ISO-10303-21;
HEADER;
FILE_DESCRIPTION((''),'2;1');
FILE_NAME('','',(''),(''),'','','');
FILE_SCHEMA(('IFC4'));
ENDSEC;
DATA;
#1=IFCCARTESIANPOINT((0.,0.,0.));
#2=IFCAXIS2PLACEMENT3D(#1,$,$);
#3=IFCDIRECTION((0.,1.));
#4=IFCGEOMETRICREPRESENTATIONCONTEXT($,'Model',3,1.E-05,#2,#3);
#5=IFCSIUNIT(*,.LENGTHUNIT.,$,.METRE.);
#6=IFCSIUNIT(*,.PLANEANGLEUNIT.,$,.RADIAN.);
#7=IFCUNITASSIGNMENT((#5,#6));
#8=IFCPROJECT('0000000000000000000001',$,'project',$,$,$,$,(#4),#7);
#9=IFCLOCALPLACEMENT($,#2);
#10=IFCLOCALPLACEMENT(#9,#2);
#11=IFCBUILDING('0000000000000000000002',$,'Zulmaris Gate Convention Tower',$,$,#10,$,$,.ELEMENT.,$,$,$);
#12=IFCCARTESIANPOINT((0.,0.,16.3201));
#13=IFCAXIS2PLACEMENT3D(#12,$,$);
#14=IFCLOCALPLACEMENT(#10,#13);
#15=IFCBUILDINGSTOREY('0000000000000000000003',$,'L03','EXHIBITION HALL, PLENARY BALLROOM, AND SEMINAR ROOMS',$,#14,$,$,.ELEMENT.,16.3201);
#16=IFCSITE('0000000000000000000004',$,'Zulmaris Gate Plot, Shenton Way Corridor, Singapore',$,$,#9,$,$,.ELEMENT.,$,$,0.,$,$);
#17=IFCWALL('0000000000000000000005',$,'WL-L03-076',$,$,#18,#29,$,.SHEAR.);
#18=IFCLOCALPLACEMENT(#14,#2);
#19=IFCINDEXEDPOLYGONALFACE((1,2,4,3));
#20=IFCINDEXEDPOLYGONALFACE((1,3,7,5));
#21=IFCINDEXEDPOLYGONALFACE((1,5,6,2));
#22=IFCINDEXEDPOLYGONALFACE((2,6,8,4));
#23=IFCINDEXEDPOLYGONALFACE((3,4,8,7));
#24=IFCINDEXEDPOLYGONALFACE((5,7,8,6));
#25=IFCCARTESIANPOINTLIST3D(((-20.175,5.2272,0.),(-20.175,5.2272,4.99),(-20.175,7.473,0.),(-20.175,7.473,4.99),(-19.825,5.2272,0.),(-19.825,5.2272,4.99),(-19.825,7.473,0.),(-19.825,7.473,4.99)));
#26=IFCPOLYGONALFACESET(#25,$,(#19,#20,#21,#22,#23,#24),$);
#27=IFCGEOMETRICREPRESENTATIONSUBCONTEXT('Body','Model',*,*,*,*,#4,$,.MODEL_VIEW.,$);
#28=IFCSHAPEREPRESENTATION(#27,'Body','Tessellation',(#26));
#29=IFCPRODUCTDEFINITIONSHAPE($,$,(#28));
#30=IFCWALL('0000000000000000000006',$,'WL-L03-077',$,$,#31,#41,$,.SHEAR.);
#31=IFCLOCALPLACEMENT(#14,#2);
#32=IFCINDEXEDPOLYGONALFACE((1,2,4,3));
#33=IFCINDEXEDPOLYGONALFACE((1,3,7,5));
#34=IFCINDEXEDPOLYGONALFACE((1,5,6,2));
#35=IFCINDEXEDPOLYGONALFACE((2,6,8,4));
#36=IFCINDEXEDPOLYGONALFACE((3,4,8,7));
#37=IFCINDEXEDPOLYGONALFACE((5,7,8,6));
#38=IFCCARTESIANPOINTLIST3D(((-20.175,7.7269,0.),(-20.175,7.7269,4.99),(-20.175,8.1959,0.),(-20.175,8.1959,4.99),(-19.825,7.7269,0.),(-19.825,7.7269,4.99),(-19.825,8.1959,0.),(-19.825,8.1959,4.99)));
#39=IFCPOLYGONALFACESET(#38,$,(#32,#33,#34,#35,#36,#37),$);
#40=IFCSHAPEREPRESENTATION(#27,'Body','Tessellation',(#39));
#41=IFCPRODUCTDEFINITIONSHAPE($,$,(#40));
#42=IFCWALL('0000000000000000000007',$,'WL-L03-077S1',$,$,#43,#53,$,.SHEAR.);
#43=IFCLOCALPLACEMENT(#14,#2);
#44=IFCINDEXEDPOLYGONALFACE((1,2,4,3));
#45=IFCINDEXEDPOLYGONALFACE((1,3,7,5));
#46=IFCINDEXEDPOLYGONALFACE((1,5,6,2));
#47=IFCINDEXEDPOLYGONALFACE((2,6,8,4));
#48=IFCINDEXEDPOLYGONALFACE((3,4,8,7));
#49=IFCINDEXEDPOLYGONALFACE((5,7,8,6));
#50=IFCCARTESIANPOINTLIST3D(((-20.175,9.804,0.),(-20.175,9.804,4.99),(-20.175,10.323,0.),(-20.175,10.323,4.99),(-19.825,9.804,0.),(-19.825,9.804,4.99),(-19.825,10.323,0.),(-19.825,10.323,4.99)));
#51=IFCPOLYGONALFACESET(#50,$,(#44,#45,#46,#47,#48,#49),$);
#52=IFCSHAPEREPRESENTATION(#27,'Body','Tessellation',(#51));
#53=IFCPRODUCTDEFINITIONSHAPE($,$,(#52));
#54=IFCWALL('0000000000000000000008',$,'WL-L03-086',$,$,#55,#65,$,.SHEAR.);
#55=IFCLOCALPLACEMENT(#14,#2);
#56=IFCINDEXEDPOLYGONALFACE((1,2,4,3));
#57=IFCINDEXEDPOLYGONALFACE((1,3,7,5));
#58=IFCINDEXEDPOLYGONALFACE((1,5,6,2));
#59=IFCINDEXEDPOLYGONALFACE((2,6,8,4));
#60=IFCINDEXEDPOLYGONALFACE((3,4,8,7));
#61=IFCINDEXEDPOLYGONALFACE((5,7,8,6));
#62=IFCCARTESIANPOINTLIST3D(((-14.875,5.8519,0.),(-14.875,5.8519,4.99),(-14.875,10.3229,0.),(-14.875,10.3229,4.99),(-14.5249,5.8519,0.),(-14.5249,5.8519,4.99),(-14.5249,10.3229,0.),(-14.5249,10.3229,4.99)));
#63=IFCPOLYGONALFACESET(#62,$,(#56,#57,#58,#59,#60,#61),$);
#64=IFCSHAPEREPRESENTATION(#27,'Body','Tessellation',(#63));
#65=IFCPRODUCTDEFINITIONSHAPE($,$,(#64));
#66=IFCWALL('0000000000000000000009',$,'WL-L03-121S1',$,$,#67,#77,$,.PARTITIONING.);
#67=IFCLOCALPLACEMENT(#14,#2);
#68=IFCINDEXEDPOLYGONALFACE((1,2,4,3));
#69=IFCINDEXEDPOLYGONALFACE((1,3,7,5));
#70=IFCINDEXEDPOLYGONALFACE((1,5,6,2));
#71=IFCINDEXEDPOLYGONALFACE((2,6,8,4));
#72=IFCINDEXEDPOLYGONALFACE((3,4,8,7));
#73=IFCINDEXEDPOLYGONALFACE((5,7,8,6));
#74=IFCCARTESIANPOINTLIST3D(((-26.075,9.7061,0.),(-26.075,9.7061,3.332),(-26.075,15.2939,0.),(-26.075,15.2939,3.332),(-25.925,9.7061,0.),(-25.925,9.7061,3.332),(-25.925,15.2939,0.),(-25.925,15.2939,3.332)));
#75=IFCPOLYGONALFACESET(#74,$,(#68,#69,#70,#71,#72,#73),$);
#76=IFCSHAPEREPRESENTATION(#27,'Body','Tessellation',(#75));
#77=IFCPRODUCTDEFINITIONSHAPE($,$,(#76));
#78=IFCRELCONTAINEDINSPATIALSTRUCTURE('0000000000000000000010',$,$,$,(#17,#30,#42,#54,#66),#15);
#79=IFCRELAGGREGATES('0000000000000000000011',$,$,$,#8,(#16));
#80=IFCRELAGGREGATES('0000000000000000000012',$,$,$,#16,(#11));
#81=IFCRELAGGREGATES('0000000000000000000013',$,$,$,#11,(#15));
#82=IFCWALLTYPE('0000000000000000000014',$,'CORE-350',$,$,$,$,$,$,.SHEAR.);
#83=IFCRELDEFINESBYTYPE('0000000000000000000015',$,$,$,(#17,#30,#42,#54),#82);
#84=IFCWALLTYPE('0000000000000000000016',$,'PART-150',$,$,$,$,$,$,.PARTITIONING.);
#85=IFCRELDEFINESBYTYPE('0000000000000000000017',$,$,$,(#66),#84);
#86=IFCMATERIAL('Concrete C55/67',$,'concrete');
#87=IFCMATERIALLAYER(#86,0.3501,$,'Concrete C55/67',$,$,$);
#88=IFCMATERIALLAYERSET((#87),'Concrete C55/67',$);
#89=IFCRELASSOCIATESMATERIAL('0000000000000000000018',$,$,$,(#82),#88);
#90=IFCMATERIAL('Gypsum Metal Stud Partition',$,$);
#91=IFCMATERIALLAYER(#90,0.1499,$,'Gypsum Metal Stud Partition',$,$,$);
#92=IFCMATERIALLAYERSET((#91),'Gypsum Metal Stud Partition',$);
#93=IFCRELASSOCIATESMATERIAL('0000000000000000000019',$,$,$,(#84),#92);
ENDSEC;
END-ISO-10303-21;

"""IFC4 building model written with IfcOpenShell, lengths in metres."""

from ifc_helpers import new_model, si_unit, direction, frame, frame_2d, origin, place, context, subcontext, project, spatial, rectangle, extrude, material, layer, layer_set, type_object, element, save


model = new_model("IFC4")

# Units and contexts
model_context = context("Model", 3, precision=1e-05, world=origin(), true_north=direction((0.0, 1.0)))
body_context = subcontext(model_context, "Body", "Model", "MODEL_VIEW")
ifc_project = project(units=[si_unit("LENGTHUNIT", "METRE"), si_unit("PLANEANGLEUNIT", "RADIAN")], contexts=[model_context])

# Site, building, storey
site_placement = place(None, origin())
site = spatial("IfcSite", under=ifc_project, at=site_placement, Name="Zulmaris Gate Plot, Shenton Way Corridor, Singapore", CompositionType="ELEMENT", RefElevation=0.0)
building_placement = place(site_placement, origin())
building = spatial("IfcBuilding", under=site, at=building_placement, Name="Zulmaris Gate Convention Tower", CompositionType="ELEMENT")
storey_placement = place(building_placement, frame((0.0, 0.0, 16.3201)))
storey = spatial("IfcBuildingStorey", under=building, at=storey_placement, Name="L03", Description="EXHIBITION HALL, PLENARY BALLROOM, AND SEMINAR ROOMS", CompositionType="ELEMENT", Elevation=16.3201)

# Shared definitions
ifc_material_1 = material(Name="Concrete C55/67", Category="concrete")
ifc_layer_1 = layer(ifc_material_1, 0.3501, Name="Concrete C55/67")
ifc_layer_set_1 = layer_set([ifc_layer_1], Name="Concrete C55/67")
wall_type_1 = type_object("IfcWallType", Name="CORE-350", PredefinedType="SHEAR", material=ifc_layer_set_1)

# Walls
wall_1_placement = place(storey_placement, frame((-20.0, 5.2271, 0.0), z_axis=(0.0, 0.0, 1.0), x_axis=(0.0, 1.0, 0.0)))
element("IfcWall", 1, at=wall_1_placement, inside=storey, type_object=wall_type_1, Name="WL-L03-076", PredefinedType="SHEAR", context=body_context, shape_type="SweptSolid", body=[
    extrude(rectangle(XDim=2.2458, YDim=0.3501, at=frame_2d((1.123, 0.0))), origin(), (0.0, 0.0, 1.0), 4.99),
])
wall_2_placement = place(storey_placement, frame((-20.0, 7.7271, 0.0), z_axis=(0.0, 0.0, 1.0), x_axis=(0.0, 1.0, 0.0)))
element("IfcWall", 2, at=wall_2_placement, inside=storey, type_object=wall_type_1, Name="WL-L03-077", PredefinedType="SHEAR", context=body_context, shape_type="SweptSolid", body=[
    extrude(rectangle(XDim=0.469, YDim=0.3501, at=frame_2d((0.2344, 0.0))), origin(), (0.0, 0.0, 1.0), 4.99),
])
wall_3_placement = place(storey_placement, frame((-20.0, 9.804, 0.0), z_axis=(0.0, 0.0, 1.0), x_axis=(0.0, 1.0, 0.0)))
element("IfcWall", 3, at=wall_3_placement, inside=storey, type_object=wall_type_1, Name="WL-L03-077S1", PredefinedType="SHEAR", context=body_context, shape_type="SweptSolid", body=[
    extrude(rectangle(XDim=0.519, YDim=0.3501, at=frame_2d((0.2595, 0.0))), origin(), (0.0, 0.0, 1.0), 4.99),
])
wall_4_placement = place(storey_placement, frame((-14.7, 5.8521, 0.0), z_axis=(0.0, 0.0, 1.0), x_axis=(0.0, 1.0, 0.0)))
element("IfcWall", 4, at=wall_4_placement, inside=storey, type_object=wall_type_1, Name="WL-L03-086", PredefinedType="SHEAR", context=body_context, shape_type="SweptSolid", body=[
    extrude(rectangle(XDim=4.4709, YDim=0.3501, at=frame_2d((2.2354, 0.0))), origin(), (0.0, 0.0, 1.0), 4.99),
])
ifc_material_2 = material(Name="Gypsum Metal Stud Partition")
ifc_layer_2 = layer(ifc_material_2, 0.1499, Name="Gypsum Metal Stud Partition")
ifc_layer_set_2 = layer_set([ifc_layer_2], Name="Gypsum Metal Stud Partition")
wall_type_2 = type_object("IfcWallType", Name="PART-150", PredefinedType="PARTITIONING", material=ifc_layer_set_2)
wall_5_placement = place(storey_placement, frame((-26.0, 9.7061, 0.0), z_axis=(0.0, 0.0, 1.0), x_axis=(0.0, 1.0, 0.0)))
element("IfcWall", 5, at=wall_5_placement, inside=storey, type_object=wall_type_2, Name="WL-L03-121S1", PredefinedType="PARTITIONING", context=body_context, shape_type="SweptSolid", body=[
    extrude(rectangle(XDim=5.5879, YDim=0.1499, at=frame_2d((2.7939, 0.0))), origin(), (0.0, 0.0, 1.0), 3.332),
])

save(model, "model.ifc")
